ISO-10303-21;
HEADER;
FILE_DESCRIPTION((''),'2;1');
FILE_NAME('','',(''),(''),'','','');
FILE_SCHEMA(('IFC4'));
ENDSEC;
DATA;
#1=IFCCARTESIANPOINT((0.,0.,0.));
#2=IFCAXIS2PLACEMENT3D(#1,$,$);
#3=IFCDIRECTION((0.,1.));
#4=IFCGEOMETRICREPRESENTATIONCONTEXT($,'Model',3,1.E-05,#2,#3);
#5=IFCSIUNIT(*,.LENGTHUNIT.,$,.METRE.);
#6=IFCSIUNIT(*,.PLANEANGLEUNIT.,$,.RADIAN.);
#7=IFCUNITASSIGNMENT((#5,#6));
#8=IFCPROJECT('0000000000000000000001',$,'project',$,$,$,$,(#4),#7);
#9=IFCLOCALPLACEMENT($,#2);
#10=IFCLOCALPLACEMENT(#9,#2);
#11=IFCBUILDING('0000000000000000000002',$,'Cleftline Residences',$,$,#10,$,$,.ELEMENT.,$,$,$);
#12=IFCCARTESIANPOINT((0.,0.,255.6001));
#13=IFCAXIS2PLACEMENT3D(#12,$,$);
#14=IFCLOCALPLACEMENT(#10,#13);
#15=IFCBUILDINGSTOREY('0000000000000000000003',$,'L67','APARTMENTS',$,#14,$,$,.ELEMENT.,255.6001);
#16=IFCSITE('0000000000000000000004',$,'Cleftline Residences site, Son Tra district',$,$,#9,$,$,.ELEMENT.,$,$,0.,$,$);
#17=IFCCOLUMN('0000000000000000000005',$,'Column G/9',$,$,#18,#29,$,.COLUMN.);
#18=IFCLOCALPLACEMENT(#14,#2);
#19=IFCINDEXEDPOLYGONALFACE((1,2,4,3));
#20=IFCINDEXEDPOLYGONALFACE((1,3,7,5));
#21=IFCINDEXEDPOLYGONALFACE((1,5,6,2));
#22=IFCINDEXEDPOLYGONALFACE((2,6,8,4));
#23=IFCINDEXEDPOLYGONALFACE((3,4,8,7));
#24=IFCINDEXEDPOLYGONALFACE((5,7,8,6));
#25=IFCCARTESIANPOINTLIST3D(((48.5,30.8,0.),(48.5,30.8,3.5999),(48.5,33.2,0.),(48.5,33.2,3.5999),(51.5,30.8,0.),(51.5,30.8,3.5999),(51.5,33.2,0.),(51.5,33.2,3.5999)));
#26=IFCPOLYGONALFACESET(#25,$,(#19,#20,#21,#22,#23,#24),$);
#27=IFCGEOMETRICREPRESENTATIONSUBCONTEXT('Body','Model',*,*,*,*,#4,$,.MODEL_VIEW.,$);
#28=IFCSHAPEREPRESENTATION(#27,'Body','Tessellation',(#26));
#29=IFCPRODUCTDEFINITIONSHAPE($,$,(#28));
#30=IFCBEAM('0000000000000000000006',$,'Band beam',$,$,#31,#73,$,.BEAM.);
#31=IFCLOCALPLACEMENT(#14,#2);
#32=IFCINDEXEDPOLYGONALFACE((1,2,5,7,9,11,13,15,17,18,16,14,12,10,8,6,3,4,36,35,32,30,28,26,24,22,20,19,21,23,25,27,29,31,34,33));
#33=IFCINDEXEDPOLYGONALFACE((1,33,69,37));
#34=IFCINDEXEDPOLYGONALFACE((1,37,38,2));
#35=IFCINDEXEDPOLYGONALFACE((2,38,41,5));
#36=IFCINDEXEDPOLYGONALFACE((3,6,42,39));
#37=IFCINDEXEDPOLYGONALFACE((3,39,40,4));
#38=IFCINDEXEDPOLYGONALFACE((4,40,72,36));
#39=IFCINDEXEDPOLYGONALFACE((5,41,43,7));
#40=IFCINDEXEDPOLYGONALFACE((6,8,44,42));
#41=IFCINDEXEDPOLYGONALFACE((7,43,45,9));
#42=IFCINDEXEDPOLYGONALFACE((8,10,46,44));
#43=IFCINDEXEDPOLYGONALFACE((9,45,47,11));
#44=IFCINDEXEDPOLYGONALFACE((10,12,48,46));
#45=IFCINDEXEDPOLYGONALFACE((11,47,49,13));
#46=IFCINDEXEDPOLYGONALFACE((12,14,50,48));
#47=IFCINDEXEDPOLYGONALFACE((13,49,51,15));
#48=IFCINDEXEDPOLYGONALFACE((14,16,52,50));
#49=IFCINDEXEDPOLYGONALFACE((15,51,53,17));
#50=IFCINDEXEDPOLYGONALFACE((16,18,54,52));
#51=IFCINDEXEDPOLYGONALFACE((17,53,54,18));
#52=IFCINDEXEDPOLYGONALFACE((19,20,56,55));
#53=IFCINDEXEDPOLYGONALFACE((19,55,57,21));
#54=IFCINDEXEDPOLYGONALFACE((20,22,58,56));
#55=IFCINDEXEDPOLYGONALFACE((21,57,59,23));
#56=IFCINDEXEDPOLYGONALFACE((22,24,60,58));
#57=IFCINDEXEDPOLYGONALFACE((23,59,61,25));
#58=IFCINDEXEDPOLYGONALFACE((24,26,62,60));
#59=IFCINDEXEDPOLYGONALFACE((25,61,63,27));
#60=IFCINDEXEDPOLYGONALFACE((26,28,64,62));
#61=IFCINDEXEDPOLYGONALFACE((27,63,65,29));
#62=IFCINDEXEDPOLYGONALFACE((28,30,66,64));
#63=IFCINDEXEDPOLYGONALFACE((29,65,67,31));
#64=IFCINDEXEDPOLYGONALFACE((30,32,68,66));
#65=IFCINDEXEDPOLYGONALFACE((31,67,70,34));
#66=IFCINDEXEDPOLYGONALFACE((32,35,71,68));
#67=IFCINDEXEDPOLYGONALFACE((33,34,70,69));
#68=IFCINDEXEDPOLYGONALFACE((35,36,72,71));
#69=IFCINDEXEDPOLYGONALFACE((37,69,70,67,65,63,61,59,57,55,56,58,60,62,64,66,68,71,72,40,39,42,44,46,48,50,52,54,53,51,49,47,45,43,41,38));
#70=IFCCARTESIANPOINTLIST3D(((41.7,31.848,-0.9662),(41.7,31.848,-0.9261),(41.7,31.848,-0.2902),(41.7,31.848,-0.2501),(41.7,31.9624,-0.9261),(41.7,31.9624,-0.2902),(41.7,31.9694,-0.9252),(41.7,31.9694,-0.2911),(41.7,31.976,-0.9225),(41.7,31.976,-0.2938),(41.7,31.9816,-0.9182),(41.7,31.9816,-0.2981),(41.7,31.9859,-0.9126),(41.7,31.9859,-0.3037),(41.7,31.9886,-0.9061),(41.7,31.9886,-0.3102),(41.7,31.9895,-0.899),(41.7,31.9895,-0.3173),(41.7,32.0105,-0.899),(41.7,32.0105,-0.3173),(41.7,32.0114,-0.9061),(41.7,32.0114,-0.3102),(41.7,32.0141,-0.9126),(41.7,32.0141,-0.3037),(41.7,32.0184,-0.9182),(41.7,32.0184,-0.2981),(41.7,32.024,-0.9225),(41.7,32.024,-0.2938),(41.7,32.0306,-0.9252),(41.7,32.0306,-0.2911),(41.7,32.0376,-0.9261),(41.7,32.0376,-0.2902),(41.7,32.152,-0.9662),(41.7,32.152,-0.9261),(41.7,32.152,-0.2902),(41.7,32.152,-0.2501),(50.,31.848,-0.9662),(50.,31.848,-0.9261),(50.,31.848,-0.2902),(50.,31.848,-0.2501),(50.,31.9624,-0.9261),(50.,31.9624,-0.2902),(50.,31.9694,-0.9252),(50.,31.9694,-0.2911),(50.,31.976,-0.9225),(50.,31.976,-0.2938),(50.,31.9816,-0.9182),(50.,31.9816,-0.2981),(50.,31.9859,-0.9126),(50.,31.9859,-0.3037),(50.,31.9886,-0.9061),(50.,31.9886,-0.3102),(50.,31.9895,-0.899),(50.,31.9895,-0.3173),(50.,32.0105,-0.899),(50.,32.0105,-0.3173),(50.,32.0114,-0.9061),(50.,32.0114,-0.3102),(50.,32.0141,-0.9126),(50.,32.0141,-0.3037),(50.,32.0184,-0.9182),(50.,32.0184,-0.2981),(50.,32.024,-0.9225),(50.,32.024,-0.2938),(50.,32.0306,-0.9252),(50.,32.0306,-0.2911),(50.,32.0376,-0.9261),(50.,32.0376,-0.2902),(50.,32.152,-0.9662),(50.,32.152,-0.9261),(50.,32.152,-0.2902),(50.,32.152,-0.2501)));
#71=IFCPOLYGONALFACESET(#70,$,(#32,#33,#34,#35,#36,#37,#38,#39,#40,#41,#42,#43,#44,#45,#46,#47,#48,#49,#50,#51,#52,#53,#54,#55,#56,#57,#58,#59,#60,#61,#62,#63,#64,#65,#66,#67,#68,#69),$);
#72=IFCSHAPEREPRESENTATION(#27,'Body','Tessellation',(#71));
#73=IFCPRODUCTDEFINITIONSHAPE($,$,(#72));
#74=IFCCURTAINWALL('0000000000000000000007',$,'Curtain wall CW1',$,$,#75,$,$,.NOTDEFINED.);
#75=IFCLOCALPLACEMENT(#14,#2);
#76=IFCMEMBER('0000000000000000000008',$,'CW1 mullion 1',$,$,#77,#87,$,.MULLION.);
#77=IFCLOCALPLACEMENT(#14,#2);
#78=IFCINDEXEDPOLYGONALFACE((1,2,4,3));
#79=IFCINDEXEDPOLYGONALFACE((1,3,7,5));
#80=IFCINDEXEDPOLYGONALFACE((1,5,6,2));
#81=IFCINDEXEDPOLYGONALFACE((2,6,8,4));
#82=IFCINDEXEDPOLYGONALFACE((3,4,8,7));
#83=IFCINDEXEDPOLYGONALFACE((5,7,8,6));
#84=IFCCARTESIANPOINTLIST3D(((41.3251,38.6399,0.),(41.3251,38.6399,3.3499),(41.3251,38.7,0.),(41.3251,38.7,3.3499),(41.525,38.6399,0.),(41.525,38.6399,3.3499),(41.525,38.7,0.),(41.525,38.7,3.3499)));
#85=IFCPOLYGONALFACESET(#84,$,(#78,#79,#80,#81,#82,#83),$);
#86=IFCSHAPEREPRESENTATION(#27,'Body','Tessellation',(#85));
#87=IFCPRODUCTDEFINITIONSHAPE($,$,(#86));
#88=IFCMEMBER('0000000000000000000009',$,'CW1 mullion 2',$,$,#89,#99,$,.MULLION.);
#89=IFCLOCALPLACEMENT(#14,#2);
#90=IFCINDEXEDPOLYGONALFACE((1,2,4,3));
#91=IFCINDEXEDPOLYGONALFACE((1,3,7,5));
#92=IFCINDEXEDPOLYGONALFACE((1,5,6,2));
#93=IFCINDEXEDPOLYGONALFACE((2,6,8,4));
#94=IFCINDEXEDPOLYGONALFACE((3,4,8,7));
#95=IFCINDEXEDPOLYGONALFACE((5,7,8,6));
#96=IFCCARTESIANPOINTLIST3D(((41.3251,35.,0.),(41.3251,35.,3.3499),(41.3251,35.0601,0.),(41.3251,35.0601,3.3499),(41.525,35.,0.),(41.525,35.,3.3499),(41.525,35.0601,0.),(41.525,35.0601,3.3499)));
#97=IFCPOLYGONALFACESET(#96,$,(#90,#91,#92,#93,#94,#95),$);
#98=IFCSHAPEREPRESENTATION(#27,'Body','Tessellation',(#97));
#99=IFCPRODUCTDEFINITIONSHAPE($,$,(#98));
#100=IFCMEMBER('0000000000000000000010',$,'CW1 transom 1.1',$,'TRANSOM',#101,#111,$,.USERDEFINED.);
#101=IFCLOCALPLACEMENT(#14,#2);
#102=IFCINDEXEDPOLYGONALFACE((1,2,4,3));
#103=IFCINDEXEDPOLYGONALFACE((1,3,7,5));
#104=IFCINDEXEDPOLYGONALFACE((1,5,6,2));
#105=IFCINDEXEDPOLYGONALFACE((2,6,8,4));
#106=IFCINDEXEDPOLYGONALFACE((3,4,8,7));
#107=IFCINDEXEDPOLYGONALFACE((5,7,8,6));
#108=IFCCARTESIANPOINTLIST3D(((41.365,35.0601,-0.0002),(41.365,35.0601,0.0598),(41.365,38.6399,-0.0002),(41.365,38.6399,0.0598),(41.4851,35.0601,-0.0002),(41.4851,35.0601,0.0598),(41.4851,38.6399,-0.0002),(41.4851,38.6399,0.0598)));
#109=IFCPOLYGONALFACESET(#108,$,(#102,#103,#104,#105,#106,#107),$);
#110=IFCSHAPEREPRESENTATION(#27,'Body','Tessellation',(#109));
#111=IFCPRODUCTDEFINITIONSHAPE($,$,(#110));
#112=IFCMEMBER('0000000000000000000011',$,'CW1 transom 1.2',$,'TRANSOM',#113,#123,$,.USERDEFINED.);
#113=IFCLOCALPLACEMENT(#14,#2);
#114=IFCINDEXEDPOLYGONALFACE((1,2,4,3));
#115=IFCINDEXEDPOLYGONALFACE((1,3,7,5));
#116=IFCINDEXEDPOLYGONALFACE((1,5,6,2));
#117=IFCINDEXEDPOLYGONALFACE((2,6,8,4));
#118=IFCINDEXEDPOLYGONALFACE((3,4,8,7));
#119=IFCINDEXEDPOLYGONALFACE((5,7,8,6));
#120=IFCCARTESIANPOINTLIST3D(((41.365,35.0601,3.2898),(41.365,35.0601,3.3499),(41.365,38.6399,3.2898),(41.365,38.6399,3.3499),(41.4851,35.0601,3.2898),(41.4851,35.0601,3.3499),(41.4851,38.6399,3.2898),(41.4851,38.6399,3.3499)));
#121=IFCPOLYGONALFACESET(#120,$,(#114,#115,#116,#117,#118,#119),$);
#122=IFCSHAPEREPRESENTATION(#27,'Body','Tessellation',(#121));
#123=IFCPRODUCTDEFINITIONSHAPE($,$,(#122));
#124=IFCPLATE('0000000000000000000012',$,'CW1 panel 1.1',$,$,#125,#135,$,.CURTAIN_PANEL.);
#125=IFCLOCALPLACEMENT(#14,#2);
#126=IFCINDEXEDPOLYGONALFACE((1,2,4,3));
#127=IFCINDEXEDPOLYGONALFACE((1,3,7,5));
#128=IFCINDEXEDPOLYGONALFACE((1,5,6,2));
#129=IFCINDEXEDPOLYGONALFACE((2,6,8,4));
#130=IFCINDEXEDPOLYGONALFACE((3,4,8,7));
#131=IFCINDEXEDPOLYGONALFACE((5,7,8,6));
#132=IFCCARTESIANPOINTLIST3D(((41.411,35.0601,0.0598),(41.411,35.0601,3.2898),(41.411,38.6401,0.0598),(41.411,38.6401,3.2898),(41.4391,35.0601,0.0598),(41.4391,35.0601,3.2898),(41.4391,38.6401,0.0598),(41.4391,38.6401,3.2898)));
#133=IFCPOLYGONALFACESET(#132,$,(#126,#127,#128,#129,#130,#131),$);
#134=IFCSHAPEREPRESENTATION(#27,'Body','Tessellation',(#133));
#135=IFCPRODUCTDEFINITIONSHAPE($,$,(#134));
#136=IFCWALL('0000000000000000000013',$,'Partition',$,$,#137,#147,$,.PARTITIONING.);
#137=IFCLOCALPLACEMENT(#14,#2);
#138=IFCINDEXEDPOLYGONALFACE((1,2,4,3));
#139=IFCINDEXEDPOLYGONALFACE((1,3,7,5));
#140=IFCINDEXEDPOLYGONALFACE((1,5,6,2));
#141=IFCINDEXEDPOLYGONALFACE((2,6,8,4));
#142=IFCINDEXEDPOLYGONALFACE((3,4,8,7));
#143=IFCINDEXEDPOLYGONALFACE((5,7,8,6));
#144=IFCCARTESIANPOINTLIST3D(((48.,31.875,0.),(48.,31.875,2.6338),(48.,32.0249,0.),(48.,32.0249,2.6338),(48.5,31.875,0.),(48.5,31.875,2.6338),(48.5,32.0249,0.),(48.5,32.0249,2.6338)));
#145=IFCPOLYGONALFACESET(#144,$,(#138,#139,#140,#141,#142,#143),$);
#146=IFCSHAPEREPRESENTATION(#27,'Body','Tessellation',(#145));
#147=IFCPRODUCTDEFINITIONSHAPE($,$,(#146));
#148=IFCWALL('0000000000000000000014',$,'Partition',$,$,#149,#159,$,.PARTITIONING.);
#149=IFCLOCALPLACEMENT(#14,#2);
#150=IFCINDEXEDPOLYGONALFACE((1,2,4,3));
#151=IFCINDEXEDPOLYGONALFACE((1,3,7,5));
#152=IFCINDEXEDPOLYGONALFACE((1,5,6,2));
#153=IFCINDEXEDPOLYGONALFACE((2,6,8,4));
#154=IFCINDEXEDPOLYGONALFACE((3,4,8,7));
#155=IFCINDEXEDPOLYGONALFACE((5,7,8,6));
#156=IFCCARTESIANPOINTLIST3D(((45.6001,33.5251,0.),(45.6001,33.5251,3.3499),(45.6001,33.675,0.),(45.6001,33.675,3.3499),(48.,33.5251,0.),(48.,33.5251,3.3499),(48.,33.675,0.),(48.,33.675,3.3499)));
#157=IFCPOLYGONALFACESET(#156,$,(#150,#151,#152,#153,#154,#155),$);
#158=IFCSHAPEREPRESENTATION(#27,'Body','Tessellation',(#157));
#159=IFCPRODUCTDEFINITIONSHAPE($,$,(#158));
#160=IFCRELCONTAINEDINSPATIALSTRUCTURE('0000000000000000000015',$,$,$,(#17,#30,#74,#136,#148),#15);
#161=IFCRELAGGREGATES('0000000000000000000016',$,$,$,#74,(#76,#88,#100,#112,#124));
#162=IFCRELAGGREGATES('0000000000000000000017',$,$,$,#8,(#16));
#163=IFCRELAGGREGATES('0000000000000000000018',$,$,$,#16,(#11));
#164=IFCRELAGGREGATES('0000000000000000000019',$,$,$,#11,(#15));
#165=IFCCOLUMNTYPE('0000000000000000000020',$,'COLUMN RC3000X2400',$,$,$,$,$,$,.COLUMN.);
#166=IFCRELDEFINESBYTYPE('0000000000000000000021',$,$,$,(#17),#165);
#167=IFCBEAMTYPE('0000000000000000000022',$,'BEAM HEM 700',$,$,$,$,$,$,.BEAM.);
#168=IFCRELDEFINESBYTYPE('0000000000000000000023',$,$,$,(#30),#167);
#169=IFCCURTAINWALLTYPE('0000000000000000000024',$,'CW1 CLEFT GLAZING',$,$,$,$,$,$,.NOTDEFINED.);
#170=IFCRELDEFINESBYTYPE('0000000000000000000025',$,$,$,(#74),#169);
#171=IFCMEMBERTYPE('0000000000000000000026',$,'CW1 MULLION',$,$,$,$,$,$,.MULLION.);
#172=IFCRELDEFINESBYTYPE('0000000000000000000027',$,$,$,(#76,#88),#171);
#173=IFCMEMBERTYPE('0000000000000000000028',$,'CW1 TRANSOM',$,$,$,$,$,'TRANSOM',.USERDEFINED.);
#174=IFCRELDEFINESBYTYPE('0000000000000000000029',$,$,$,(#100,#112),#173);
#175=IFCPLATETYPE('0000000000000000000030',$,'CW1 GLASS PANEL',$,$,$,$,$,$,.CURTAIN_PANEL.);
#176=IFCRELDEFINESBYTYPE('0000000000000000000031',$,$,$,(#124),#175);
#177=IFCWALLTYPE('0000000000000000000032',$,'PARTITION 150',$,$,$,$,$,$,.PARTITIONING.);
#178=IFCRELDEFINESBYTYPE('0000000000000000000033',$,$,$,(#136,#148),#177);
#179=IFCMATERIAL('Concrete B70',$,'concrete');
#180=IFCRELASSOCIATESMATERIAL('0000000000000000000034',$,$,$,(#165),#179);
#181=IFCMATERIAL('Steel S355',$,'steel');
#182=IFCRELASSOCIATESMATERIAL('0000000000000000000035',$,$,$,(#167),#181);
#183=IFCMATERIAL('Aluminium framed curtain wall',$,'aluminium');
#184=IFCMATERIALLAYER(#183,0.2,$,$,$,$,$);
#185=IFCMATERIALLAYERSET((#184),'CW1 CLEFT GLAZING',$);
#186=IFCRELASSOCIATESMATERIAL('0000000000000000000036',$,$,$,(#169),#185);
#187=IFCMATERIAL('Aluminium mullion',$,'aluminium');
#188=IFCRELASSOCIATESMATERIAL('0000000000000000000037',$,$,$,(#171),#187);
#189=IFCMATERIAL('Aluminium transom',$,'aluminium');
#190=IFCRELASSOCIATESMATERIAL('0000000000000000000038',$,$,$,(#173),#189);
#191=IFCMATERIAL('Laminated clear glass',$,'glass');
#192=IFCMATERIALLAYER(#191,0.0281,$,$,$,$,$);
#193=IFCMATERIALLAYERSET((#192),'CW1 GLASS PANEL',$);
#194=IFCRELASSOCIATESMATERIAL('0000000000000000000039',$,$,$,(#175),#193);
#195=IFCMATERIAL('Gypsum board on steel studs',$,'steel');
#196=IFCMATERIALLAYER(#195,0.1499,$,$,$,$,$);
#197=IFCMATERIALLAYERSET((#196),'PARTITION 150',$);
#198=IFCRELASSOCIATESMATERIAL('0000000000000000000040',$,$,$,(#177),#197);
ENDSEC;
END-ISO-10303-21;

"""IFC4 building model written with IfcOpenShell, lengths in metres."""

from ifc_helpers import new_model, si_unit, direction, frame, frame_2d, origin, origin_2d, place, context, subcontext, project, spatial, rectangle, i_section, extrude, material, layer, layer_set, material_profile, profile_set, type_object, element, aggregate, save


model = new_model("IFC4")

# Units and contexts
model_context = context("Model", 3, precision=1e-05, world=origin(), true_north=direction((0.0, 1.0)))
body_context = subcontext(model_context, "Body", "Model", "MODEL_VIEW")
ifc_project = project(units=[si_unit("LENGTHUNIT", "METRE"), si_unit("PLANEANGLEUNIT", "RADIAN")], contexts=[model_context])

# Site, building, storey
site_placement = place(None, origin())
site = spatial("IfcSite", under=ifc_project, at=site_placement, Name="Cleftline Residences site, Son Tra district", CompositionType="ELEMENT", RefElevation=0.0)
building_placement = place(site_placement, origin())
building = spatial("IfcBuilding", under=site, at=building_placement, Name="Cleftline Residences", CompositionType="ELEMENT")
storey_placement = place(building_placement, frame((0.0, 0.0, 255.6001)))
storey = spatial("IfcBuildingStorey", under=building, at=storey_placement, Name="L67", Description="APARTMENTS", CompositionType="ELEMENT", Elevation=255.6001)

# Column
ifc_material_1 = material(Name="Concrete B70", Category="concrete")
ifc_material_profile_1 = material_profile(ifc_material_1, rectangle(XDim=3.0, YDim=2.3999, at=origin_2d()))
ifc_profile_set_1 = profile_set([ifc_material_profile_1], Name="Concrete B70")
column_type = type_object("IfcColumnType", Name="COLUMN RC3000X2400", PredefinedType="COLUMN", material=ifc_profile_set_1)
column_placement = place(storey_placement, frame((50.0, 32.0, 0.0), z_axis=(0.0, 0.0, 1.0), x_axis=(1.0, 0.0, 0.0)))
element("IfcColumn", 1, at=column_placement, inside=storey, type_object=column_type, Name="Column G/9", PredefinedType="COLUMN", context=body_context, shape_type="SweptSolid", body=[
    extrude(rectangle(XDim=3.0, YDim=2.3999, at=origin_2d()), origin(), (0.0, 0.0, 1.0), 3.5999),
])

# Beam
ifc_material_2 = material(Name="Steel S355", Category="steel")
ifc_material_profile_2 = material_profile(ifc_material_2, i_section(OverallWidth=0.304, OverallDepth=0.7161, WebThickness=0.021, FlangeThickness=0.04, FilletRadius=0.0271, at=origin_2d()))
ifc_profile_set_2 = profile_set([ifc_material_profile_2], Name="Steel S355")
beam_type = type_object("IfcBeamType", Name="BEAM HEM 700", PredefinedType="BEAM", material=ifc_profile_set_2)
beam_placement = place(storey_placement, frame((50.0, 32.0, -0.6082), z_axis=(-1.0, 0.0, 0.0), x_axis=(0.0, -1.0, 0.0)))
element("IfcBeam", 2, at=beam_placement, inside=storey, type_object=beam_type, Name="Band beam", PredefinedType="BEAM", context=body_context, shape_type="SweptSolid", body=[
    extrude(i_section(OverallWidth=0.304, OverallDepth=0.7161, WebThickness=0.021, FlangeThickness=0.04, FilletRadius=0.0271, at=origin_2d()), origin(), (0.0, 0.0, 1.0), 8.3),
])

# Curtain wall, members, plate
ifc_material_3 = material(Name="Aluminium framed curtain wall", Category="aluminium")
ifc_layer_1 = layer(ifc_material_3, 0.2)
ifc_layer_set_1 = layer_set([ifc_layer_1], Name="CW1 CLEFT GLAZING")
curtain_wall_type = type_object("IfcCurtainWallType", Name="CW1 CLEFT GLAZING", PredefinedType="NOTDEFINED", material=ifc_layer_set_1)
curtain_wall_placement = place(storey_placement, origin())
curtain_wall = element("IfcCurtainWall", 3, at=curtain_wall_placement, inside=storey, type_object=curtain_wall_type, Name="Curtain wall CW1", PredefinedType="NOTDEFINED")
ifc_material_4 = material(Name="Aluminium mullion", Category="aluminium")
ifc_material_profile_3 = material_profile(ifc_material_4, rectangle(XDim=0.2, YDim=0.0601, at=origin_2d()))
ifc_profile_set_3 = profile_set([ifc_material_profile_3], Name="Aluminium mullion")
member_type_1 = type_object("IfcMemberType", Name="CW1 MULLION", PredefinedType="MULLION", material=ifc_profile_set_3)
member_1_placement = place(storey_placement, frame((41.425, 38.6699, 0.0), z_axis=(0.0, 0.0, 1.0), x_axis=(1.0, 0.0, 0.0)))
member_1 = element("IfcMember", 4, at=member_1_placement, type_object=member_type_1, Name="CW1 mullion 1", PredefinedType="MULLION", context=body_context, shape_type="SweptSolid", body=[
    extrude(rectangle(XDim=0.2, YDim=0.0601, at=origin_2d()), origin(), (0.0, 0.0, 1.0), 3.3499),
])
member_2_placement = place(storey_placement, frame((41.425, 35.03, 0.0), z_axis=(0.0, 0.0, 1.0), x_axis=(1.0, 0.0, 0.0)))
member_2 = element("IfcMember", 5, at=member_2_placement, type_object=member_type_1, Name="CW1 mullion 2", PredefinedType="MULLION", context=body_context, shape_type="SweptSolid", body=[
    extrude(rectangle(XDim=0.2, YDim=0.0601, at=origin_2d()), origin(), (0.0, 0.0, 1.0), 3.3499),
])
ifc_material_5 = material(Name="Aluminium transom", Category="aluminium")
ifc_material_profile_4 = material_profile(ifc_material_5, rectangle(XDim=0.1201, YDim=0.0601, at=origin_2d()))
ifc_profile_set_4 = profile_set([ifc_material_profile_4], Name="Aluminium transom")
member_type_2 = type_object("IfcMemberType", Name="CW1 TRANSOM", ElementType="TRANSOM", PredefinedType="USERDEFINED", material=ifc_profile_set_4)
member_3_placement = place(storey_placement, frame((41.425, 38.6399, 0.0298), z_axis=(0.0, -1.0, 0.0), x_axis=(1.0, 0.0, 0.0)))
member_3 = element("IfcMember", 6, at=member_3_placement, type_object=member_type_2, Name="CW1 transom 1.1", ObjectType="TRANSOM", PredefinedType="USERDEFINED", context=body_context, shape_type="SweptSolid", body=[
    extrude(rectangle(XDim=0.1201, YDim=0.0601, at=origin_2d()), origin(), (0.0, 0.0, 1.0), 3.5798),
])
member_4_placement = place(storey_placement, frame((41.425, 38.6399, 3.3198), z_axis=(0.0, -1.0, 0.0), x_axis=(1.0, 0.0, 0.0)))
member_4 = element("IfcMember", 7, at=member_4_placement, type_object=member_type_2, Name="CW1 transom 1.2", ObjectType="TRANSOM", PredefinedType="USERDEFINED", context=body_context, shape_type="SweptSolid", body=[
    extrude(rectangle(XDim=0.1201, YDim=0.0601, at=origin_2d()), origin(), (0.0, 0.0, 1.0), 3.5798),
])
ifc_material_6 = material(Name="Laminated clear glass", Category="glass")
ifc_layer_2 = layer(ifc_material_6, 0.0281)
ifc_layer_set_2 = layer_set([ifc_layer_2], Name="CW1 GLASS PANEL")
plate_type = type_object("IfcPlateType", Name="CW1 GLASS PANEL", PredefinedType="CURTAIN_PANEL", material=ifc_layer_set_2)
plate_placement = place(storey_placement, frame((41.425, 36.8501, 0.0598), z_axis=(0.0, 0.0, 1.0), x_axis=(0.0, -1.0, 0.0)))
plate = element("IfcPlate", 8, at=plate_placement, type_object=plate_type, Name="CW1 panel 1.1", PredefinedType="CURTAIN_PANEL", context=body_context, shape_type="SweptSolid", body=[
    extrude(rectangle(XDim=3.5801, YDim=0.0281, at=origin_2d()), origin(), (0.0, 0.0, 1.0), 3.23),
])
aggregate(curtain_wall, [member_1, member_2, member_3, member_4, plate])

# Walls
ifc_material_7 = material(Name="Gypsum board on steel studs", Category="steel")
ifc_layer_3 = layer(ifc_material_7, 0.1499)
ifc_layer_set_3 = layer_set([ifc_layer_3], Name="PARTITION 150")
wall_type = type_object("IfcWallType", Name="PARTITION 150", PredefinedType="PARTITIONING", material=ifc_layer_set_3)
wall_1_placement = place(storey_placement, frame((48.0, 31.95, 0.0), z_axis=(0.0, 0.0, 1.0), x_axis=(1.0, 0.0, 0.0)))
element("IfcWall", 9, at=wall_1_placement, inside=storey, type_object=wall_type, Name="Partition", PredefinedType="PARTITIONING", context=body_context, shape_type="SweptSolid", body=[
    extrude(rectangle(XDim=0.5, YDim=0.1499, at=frame_2d((0.25, 0.0))), origin(), (0.0, 0.0, 1.0), 2.6338),
])
wall_2_placement = place(storey_placement, frame((45.6001, 33.6001, 0.0), z_axis=(0.0, 0.0, 1.0), x_axis=(1.0, 0.0, 0.0)))
element("IfcWall", 10, at=wall_2_placement, inside=storey, type_object=wall_type, Name="Partition", PredefinedType="PARTITIONING", context=body_context, shape_type="SweptSolid", body=[
    extrude(rectangle(XDim=2.3999, YDim=0.1499, at=frame_2d((1.2, 0.0))), origin(), (0.0, 0.0, 1.0), 3.3499),
])

save(model, "model.ifc")
